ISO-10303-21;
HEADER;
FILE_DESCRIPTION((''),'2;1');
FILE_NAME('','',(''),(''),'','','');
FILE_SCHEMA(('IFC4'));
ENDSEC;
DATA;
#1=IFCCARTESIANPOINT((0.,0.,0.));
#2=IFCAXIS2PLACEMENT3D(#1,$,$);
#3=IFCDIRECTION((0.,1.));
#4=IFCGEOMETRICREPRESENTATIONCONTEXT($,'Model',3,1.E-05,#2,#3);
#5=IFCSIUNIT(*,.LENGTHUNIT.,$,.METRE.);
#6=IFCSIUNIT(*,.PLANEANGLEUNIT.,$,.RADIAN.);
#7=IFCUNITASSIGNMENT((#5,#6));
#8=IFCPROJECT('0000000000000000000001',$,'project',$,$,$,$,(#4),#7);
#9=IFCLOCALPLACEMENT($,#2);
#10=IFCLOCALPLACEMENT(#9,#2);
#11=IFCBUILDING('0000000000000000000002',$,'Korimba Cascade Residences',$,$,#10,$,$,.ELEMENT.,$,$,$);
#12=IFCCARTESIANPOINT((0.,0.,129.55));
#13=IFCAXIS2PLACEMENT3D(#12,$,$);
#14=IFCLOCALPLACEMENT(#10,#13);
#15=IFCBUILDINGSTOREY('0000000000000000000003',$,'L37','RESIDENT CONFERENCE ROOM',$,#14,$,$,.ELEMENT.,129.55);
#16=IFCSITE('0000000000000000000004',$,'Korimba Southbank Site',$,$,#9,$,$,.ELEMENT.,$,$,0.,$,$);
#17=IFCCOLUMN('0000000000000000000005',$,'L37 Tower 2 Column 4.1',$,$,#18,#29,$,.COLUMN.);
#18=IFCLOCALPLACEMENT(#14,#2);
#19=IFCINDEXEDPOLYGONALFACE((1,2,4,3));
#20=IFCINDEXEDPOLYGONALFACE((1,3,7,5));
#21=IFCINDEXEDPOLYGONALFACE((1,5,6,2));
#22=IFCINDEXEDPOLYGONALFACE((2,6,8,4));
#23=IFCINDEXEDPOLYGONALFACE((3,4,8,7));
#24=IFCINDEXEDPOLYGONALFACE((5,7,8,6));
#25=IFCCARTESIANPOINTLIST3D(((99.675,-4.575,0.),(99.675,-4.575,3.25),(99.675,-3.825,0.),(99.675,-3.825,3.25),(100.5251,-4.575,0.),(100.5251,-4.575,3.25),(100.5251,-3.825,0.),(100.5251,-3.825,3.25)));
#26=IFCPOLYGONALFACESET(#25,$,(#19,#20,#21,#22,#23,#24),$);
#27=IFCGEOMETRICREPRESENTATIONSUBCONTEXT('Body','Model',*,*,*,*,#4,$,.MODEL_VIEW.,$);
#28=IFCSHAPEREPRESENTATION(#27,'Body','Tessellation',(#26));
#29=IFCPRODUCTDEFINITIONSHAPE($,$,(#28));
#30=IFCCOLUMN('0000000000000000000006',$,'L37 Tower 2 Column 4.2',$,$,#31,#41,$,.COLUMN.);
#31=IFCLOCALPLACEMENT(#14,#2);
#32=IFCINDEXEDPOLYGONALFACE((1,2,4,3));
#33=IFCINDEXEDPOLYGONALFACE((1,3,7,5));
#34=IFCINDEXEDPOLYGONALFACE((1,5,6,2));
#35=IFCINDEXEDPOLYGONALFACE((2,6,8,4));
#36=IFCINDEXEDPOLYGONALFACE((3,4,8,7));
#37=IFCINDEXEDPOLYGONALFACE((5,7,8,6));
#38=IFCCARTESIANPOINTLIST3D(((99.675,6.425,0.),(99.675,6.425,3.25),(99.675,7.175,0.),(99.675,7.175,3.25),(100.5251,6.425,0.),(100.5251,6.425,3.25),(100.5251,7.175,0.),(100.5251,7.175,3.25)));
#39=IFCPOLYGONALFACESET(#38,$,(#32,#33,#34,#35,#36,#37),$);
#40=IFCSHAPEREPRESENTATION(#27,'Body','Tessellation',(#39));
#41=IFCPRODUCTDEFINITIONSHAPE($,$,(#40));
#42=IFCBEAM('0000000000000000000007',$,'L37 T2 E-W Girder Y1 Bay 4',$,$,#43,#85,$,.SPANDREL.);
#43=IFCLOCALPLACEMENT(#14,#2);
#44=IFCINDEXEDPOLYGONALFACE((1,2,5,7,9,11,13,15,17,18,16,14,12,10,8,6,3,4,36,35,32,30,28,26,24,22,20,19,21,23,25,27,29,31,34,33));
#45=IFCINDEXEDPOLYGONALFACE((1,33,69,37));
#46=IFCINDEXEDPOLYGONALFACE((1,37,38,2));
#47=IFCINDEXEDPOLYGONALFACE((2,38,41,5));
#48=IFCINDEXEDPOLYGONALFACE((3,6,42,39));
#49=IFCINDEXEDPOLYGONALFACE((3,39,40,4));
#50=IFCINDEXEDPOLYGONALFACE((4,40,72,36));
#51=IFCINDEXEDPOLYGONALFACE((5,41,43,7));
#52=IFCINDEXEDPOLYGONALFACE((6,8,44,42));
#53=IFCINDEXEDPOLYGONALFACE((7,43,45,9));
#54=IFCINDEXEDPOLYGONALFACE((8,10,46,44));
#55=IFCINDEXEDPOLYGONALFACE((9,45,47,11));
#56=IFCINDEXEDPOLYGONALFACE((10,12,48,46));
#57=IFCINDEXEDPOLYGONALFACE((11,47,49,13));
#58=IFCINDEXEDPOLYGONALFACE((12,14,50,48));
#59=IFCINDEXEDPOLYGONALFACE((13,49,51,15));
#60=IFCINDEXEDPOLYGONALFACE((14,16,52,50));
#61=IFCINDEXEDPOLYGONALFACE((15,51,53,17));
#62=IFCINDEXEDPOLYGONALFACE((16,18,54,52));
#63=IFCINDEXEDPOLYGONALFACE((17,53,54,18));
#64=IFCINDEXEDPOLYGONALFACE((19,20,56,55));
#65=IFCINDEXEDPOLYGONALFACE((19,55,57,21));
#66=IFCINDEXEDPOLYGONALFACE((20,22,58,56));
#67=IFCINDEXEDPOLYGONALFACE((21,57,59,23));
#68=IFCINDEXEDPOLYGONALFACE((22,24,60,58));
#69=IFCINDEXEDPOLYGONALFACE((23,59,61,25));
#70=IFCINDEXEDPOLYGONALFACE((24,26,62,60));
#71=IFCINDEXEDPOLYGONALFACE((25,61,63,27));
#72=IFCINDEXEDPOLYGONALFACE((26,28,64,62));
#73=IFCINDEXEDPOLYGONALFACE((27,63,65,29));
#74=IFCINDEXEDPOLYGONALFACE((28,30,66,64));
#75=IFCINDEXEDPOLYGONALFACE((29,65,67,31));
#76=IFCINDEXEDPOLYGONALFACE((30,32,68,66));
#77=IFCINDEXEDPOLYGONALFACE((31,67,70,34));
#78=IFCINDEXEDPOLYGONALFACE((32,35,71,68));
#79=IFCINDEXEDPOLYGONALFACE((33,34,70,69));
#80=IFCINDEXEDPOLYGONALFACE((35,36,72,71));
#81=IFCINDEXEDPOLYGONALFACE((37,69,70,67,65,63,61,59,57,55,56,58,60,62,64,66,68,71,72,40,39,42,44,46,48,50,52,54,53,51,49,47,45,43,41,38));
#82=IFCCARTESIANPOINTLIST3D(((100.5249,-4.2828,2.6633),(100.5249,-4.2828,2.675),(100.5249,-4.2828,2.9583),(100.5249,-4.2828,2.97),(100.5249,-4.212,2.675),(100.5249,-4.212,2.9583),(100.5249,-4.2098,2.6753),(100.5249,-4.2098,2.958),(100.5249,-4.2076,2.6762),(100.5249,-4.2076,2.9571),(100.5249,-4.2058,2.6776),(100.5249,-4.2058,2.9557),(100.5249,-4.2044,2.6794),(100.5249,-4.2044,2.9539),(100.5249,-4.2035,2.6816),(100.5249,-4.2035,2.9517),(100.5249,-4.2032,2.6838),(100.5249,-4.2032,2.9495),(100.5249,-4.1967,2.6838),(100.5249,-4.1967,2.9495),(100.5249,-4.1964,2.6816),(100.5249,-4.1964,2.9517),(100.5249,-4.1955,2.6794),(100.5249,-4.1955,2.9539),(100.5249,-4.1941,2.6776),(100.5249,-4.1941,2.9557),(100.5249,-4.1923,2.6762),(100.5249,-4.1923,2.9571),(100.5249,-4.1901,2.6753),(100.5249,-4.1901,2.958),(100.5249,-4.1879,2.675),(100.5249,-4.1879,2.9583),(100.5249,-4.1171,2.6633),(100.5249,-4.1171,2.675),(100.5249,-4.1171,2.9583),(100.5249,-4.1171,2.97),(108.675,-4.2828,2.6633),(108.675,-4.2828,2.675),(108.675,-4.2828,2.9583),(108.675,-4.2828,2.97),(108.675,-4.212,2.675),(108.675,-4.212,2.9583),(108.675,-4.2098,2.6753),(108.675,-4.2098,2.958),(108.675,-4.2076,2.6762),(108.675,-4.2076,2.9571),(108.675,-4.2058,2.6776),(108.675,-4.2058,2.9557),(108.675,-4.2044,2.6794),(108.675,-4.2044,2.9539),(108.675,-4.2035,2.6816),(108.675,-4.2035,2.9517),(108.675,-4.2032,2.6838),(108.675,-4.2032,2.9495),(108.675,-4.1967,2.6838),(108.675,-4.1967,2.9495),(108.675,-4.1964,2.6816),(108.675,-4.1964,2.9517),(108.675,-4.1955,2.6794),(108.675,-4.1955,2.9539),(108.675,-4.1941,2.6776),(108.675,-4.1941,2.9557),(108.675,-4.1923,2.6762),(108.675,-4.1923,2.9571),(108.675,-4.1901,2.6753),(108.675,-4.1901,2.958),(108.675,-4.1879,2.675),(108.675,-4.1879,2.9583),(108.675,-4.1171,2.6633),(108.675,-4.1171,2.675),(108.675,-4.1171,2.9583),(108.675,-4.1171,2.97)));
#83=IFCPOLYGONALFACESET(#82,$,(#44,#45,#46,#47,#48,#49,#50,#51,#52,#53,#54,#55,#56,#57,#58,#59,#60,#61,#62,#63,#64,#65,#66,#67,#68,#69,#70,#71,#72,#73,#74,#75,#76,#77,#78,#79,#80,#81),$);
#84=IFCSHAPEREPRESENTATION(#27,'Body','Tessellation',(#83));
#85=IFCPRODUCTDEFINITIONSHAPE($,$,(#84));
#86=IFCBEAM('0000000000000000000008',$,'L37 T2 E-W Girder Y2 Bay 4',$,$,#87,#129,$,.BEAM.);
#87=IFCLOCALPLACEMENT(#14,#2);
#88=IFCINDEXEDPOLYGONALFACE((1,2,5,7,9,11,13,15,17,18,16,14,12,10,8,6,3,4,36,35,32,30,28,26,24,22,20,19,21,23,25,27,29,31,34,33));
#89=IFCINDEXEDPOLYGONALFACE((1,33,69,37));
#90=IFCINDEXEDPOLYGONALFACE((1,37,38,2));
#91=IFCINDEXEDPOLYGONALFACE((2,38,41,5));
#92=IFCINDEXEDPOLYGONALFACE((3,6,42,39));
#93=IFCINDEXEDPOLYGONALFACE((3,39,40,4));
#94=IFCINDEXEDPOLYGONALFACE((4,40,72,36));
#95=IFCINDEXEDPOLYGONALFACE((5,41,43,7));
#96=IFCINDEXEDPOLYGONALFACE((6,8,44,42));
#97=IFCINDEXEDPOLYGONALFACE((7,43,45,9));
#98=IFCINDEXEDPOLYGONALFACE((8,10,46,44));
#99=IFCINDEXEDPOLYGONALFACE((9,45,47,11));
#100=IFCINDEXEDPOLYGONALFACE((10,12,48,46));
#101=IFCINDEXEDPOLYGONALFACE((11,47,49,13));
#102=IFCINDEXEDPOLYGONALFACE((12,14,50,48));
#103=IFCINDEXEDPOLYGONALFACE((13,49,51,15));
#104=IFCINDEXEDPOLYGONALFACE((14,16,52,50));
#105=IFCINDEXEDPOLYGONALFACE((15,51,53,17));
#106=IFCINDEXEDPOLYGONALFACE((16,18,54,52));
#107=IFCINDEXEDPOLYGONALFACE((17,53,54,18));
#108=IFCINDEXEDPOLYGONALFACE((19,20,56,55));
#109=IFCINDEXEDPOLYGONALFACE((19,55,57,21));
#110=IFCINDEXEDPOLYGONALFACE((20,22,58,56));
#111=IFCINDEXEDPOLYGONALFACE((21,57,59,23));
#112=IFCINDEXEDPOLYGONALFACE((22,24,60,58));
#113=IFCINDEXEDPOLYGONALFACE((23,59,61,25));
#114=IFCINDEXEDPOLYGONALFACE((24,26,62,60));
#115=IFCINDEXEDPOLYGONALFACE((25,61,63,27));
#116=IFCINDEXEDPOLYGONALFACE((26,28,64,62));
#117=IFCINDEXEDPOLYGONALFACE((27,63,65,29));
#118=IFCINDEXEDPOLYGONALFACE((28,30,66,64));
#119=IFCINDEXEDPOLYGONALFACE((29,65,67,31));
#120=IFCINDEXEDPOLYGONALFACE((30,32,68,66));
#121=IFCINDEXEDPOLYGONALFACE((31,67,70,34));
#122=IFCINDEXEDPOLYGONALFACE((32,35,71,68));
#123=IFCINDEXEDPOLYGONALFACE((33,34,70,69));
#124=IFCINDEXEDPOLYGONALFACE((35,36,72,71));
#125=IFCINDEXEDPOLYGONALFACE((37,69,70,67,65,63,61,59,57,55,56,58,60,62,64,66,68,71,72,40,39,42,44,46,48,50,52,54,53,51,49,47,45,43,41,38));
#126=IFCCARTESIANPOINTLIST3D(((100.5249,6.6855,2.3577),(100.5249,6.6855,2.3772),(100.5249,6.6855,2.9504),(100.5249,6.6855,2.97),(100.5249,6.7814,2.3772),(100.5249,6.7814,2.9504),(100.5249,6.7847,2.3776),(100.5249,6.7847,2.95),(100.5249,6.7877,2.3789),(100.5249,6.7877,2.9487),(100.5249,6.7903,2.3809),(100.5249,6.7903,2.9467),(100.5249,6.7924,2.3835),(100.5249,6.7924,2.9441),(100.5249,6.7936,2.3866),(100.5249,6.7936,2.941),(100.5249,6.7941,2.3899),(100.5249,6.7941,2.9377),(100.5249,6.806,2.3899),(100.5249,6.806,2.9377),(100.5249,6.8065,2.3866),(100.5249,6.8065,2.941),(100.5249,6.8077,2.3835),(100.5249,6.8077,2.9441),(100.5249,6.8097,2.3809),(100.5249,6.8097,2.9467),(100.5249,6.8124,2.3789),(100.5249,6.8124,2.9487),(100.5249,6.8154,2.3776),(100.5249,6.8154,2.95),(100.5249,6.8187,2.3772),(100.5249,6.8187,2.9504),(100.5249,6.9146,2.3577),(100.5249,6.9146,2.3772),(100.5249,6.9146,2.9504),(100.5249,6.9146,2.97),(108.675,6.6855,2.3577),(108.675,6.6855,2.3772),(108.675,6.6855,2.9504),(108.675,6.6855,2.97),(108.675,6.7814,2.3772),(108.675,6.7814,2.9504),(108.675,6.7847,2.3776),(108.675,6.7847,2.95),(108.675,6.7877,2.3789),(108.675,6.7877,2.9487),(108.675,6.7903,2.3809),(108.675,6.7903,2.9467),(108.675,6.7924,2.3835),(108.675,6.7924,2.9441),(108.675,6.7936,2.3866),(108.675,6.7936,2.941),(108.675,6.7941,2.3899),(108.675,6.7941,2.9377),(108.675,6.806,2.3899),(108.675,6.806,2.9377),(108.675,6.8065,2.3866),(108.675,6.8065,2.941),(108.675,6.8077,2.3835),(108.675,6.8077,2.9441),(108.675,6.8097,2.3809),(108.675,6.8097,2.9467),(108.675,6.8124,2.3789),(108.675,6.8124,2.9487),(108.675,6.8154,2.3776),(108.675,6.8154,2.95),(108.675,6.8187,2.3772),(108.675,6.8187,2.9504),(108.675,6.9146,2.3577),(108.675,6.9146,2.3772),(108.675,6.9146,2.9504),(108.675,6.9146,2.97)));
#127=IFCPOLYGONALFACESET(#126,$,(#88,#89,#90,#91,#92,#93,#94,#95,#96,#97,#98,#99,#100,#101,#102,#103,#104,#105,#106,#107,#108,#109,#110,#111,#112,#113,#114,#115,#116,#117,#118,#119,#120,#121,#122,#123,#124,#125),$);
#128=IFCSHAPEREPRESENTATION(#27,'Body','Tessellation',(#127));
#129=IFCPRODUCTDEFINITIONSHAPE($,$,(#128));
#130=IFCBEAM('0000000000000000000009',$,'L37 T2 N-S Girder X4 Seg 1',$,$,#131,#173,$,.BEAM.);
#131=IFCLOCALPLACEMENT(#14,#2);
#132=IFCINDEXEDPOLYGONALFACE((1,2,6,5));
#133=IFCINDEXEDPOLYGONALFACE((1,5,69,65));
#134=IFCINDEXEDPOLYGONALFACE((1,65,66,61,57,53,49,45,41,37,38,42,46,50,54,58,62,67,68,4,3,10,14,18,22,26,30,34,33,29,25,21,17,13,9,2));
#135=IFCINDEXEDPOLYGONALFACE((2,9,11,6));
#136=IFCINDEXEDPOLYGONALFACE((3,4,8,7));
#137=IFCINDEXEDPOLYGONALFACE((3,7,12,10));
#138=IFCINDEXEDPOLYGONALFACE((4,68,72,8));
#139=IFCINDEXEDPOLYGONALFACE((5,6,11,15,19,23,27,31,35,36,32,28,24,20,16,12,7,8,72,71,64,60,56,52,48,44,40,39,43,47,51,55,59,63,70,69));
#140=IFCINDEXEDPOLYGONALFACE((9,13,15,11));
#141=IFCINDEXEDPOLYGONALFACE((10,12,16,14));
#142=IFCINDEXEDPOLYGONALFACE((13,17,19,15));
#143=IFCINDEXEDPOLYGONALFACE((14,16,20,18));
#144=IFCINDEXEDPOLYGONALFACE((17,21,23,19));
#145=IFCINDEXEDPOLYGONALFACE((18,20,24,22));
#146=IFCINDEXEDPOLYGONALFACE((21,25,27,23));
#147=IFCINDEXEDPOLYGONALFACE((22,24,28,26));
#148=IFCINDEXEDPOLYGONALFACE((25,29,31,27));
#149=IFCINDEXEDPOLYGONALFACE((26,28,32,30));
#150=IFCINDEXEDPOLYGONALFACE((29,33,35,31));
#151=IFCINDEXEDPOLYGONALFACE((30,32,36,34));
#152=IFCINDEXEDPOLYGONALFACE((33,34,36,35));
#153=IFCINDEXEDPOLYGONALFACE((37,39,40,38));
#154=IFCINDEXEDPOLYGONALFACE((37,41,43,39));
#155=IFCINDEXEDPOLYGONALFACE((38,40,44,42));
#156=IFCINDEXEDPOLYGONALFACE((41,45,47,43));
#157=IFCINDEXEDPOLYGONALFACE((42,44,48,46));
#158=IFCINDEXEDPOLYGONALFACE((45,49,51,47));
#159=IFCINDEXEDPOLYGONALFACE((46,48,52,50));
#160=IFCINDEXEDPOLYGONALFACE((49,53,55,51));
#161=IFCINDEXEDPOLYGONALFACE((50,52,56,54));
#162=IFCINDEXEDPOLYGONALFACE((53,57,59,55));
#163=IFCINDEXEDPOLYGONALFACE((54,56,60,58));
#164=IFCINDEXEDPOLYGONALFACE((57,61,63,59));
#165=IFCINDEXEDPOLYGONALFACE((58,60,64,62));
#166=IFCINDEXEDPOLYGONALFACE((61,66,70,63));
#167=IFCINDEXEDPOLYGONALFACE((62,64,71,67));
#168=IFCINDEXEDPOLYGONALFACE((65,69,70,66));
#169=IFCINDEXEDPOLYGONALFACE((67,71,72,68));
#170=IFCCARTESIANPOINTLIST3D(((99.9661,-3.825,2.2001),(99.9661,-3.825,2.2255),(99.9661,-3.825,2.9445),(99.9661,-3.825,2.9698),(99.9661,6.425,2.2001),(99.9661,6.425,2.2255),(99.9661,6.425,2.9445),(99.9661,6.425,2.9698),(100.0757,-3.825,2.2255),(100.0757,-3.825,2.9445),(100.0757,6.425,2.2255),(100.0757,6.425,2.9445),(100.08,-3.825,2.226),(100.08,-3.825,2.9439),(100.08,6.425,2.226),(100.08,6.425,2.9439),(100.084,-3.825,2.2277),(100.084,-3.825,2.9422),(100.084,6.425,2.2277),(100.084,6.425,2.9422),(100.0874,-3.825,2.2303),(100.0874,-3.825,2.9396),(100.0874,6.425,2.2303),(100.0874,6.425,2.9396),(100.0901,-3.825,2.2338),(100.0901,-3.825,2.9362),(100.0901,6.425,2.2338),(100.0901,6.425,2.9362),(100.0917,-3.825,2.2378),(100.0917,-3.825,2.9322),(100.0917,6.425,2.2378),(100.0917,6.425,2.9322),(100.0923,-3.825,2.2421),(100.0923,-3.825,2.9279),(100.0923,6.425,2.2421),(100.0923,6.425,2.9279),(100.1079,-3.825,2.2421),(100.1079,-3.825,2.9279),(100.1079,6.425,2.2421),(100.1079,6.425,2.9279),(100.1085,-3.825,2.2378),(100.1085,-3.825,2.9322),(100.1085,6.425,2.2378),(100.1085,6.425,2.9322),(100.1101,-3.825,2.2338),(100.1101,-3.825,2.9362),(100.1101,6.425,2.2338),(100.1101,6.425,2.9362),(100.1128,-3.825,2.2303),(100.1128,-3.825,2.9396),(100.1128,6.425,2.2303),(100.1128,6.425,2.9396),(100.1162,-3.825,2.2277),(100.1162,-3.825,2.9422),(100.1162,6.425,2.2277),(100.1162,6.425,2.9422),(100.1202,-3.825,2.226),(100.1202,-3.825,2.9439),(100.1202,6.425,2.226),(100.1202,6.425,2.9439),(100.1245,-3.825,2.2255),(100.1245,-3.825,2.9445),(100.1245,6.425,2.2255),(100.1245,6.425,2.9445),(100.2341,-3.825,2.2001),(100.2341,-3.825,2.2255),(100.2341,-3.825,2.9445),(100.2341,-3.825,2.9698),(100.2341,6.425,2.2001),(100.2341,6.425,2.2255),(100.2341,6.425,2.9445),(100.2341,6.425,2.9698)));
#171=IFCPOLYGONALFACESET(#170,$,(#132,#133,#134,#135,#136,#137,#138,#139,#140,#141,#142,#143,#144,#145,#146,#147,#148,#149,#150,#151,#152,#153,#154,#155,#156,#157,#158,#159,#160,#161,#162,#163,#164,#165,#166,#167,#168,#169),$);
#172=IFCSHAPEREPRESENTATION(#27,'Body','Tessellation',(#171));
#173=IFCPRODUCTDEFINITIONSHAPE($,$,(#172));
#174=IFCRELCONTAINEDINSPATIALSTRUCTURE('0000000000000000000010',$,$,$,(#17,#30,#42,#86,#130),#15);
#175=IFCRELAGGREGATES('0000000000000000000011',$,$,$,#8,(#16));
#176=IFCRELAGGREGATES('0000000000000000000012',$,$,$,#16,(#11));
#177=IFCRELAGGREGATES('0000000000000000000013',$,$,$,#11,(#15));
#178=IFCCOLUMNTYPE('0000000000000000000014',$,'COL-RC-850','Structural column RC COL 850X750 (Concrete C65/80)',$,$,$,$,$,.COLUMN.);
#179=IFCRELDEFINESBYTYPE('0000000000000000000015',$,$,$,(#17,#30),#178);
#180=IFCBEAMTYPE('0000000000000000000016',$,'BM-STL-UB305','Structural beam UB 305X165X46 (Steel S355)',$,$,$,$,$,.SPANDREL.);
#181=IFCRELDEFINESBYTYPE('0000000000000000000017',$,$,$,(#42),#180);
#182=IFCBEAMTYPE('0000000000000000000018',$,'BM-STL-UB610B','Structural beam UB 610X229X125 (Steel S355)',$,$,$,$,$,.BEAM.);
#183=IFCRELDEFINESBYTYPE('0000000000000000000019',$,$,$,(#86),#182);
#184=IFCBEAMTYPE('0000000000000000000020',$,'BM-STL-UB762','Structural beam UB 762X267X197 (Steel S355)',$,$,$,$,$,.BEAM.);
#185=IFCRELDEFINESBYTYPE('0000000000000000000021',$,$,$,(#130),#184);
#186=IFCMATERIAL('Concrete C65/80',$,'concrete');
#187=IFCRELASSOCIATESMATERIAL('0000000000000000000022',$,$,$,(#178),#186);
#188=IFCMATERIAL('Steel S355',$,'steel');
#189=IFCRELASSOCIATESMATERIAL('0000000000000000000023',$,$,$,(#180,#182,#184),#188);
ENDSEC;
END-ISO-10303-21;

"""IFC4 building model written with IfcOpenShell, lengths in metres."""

from ifc_helpers import new_model, si_unit, direction, frame, origin, origin_2d, place, context, subcontext, project, spatial, rectangle, i_section, extrude, material, material_profile, profile_set, type_object, element, save


model = new_model("IFC4")

# Units and contexts
model_context = context("Model", 3, precision=1e-05, world=origin(), true_north=direction((0.0, 1.0)))
body_context = subcontext(model_context, "Body", "Model", "MODEL_VIEW")
ifc_project = project(units=[si_unit("LENGTHUNIT", "METRE"), si_unit("PLANEANGLEUNIT", "RADIAN")], contexts=[model_context])

# Site, building, storey
site_placement = place(None, origin())
site = spatial("IfcSite", under=ifc_project, at=site_placement, Name="Korimba Southbank Site", CompositionType="ELEMENT", RefElevation=0.0)
building_placement = place(site_placement, origin())
building = spatial("IfcBuilding", under=site, at=building_placement, Name="Korimba Cascade Residences", CompositionType="ELEMENT")
storey_placement = place(building_placement, frame((0.0, 0.0, 129.55)))
storey = spatial("IfcBuildingStorey", under=building, at=storey_placement, Name="L37", Description="RESIDENT CONFERENCE ROOM", CompositionType="ELEMENT", Elevation=129.55)

# Columns
ifc_material_1 = material(Name="Concrete C65/80", Category="concrete")
ifc_material_profile_1 = material_profile(ifc_material_1, rectangle(XDim=0.8501, YDim=0.75, at=origin_2d()), Name="Concrete C65/80")
ifc_profile_set_1 = profile_set([ifc_material_profile_1], Name="Concrete C65/80")
column_type = type_object("IfcColumnType", Name="COL-RC-850", Description="Structural column RC COL 850X750 (Concrete C65/80)", PredefinedType="COLUMN", material=ifc_profile_set_1)
for number, where, z_axis, x_axis, name in (
    (1, (100.1001, -4.2, 0.0), (0.0, 0.0, 1.0), (1.0, 0.0, 0.0), "L37 Tower 2 Column 4.1"),
    (2, (100.1001, 6.8, 0.0), (0.0, 0.0, 1.0), (1.0, 0.0, 0.0), "L37 Tower 2 Column 4.2"),
):
    element("IfcColumn", number, at=place(storey_placement, frame(where, z_axis=z_axis, x_axis=x_axis)), inside=storey, type_object=column_type, Name=name, PredefinedType="COLUMN", context=body_context, shape_type="SweptSolid", body=[
        extrude(rectangle(XDim=0.8501, YDim=0.75, at=origin_2d()), origin(), (0.0, 0.0, 1.0), 3.25),
    ])

# Beams
ifc_material_2 = material(Name="Steel S355", Category="steel")
ifc_material_profile_2 = material_profile(ifc_material_2, i_section(OverallWidth=0.1658, OverallDepth=0.3066, WebThickness=0.0066, FlangeThickness=0.0117, FilletRadius=0.0088, at=origin_2d()), Name="Steel S355")
ifc_profile_set_2 = profile_set([ifc_material_profile_2], Name="Steel S355")
beam_type_1 = type_object("IfcBeamType", Name="BM-STL-UB305", Description="Structural beam UB 305X165X46 (Steel S355)", PredefinedType="SPANDREL", material=ifc_profile_set_2)
beam_1_placement = place(storey_placement, frame((100.5249, -4.2, 2.8167), z_axis=(1.0, 0.0, 0.0), x_axis=(0.0, 1.0, 0.0)))
element("IfcBeam", 3, at=beam_1_placement, inside=storey, type_object=beam_type_1, Name="L37 T2 E-W Girder Y1 Bay 4", PredefinedType="SPANDREL", context=body_context, shape_type="SweptSolid", body=[
    extrude(i_section(OverallWidth=0.1658, OverallDepth=0.3066, WebThickness=0.0066, FlangeThickness=0.0117, FilletRadius=0.0088, at=origin_2d()), origin(), (0.0, 0.0, 1.0), 8.1501),
])
ifc_material_profile_3 = material_profile(ifc_material_2, i_section(OverallWidth=0.229, OverallDepth=0.6123, WebThickness=0.012, FlangeThickness=0.0195, FilletRadius=0.0127, at=origin_2d()), Name="Steel S355")
ifc_profile_set_3 = profile_set([ifc_material_profile_3], Name="Steel S355")
beam_type_2 = type_object("IfcBeamType", Name="BM-STL-UB610B", Description="Structural beam UB 610X229X125 (Steel S355)", PredefinedType="BEAM", material=ifc_profile_set_3)
beam_2_placement = place(storey_placement, frame((100.5249, 6.8, 2.6638), z_axis=(1.0, 0.0, 0.0), x_axis=(0.0, 1.0, 0.0)))
element("IfcBeam", 4, at=beam_2_placement, inside=storey, type_object=beam_type_2, Name="L37 T2 E-W Girder Y2 Bay 4", PredefinedType="BEAM", context=body_context, shape_type="SweptSolid", body=[
    extrude(i_section(OverallWidth=0.229, OverallDepth=0.6123, WebThickness=0.012, FlangeThickness=0.0195, FilletRadius=0.0127, at=origin_2d()), origin(), (0.0, 0.0, 1.0), 8.1501),
])
ifc_material_profile_4 = material_profile(ifc_material_2, i_section(OverallWidth=0.2681, OverallDepth=0.7698, WebThickness=0.0156, FlangeThickness=0.0254, FilletRadius=0.0166, at=origin_2d()), Name="Steel S355")
ifc_profile_set_4 = profile_set([ifc_material_profile_4], Name="Steel S355")
beam_type_3 = type_object("IfcBeamType", Name="BM-STL-UB762", Description="Structural beam UB 762X267X197 (Steel S355)", PredefinedType="BEAM", material=ifc_profile_set_4)
beam_3_placement = place(storey_placement, frame((100.1001, -3.825, 2.585), z_axis=(0.0, 1.0, 0.0), x_axis=(-1.0, 0.0, 0.0)))
element("IfcBeam", 5, at=beam_3_placement, inside=storey, type_object=beam_type_3, Name="L37 T2 N-S Girder X4 Seg 1", PredefinedType="BEAM", context=body_context, shape_type="SweptSolid", body=[
    extrude(i_section(OverallWidth=0.2681, OverallDepth=0.7698, WebThickness=0.0156, FlangeThickness=0.0254, FilletRadius=0.0166, at=origin_2d()), origin(), (0.0, 0.0, 1.0), 10.25),
])

save(model, "model.ifc")
